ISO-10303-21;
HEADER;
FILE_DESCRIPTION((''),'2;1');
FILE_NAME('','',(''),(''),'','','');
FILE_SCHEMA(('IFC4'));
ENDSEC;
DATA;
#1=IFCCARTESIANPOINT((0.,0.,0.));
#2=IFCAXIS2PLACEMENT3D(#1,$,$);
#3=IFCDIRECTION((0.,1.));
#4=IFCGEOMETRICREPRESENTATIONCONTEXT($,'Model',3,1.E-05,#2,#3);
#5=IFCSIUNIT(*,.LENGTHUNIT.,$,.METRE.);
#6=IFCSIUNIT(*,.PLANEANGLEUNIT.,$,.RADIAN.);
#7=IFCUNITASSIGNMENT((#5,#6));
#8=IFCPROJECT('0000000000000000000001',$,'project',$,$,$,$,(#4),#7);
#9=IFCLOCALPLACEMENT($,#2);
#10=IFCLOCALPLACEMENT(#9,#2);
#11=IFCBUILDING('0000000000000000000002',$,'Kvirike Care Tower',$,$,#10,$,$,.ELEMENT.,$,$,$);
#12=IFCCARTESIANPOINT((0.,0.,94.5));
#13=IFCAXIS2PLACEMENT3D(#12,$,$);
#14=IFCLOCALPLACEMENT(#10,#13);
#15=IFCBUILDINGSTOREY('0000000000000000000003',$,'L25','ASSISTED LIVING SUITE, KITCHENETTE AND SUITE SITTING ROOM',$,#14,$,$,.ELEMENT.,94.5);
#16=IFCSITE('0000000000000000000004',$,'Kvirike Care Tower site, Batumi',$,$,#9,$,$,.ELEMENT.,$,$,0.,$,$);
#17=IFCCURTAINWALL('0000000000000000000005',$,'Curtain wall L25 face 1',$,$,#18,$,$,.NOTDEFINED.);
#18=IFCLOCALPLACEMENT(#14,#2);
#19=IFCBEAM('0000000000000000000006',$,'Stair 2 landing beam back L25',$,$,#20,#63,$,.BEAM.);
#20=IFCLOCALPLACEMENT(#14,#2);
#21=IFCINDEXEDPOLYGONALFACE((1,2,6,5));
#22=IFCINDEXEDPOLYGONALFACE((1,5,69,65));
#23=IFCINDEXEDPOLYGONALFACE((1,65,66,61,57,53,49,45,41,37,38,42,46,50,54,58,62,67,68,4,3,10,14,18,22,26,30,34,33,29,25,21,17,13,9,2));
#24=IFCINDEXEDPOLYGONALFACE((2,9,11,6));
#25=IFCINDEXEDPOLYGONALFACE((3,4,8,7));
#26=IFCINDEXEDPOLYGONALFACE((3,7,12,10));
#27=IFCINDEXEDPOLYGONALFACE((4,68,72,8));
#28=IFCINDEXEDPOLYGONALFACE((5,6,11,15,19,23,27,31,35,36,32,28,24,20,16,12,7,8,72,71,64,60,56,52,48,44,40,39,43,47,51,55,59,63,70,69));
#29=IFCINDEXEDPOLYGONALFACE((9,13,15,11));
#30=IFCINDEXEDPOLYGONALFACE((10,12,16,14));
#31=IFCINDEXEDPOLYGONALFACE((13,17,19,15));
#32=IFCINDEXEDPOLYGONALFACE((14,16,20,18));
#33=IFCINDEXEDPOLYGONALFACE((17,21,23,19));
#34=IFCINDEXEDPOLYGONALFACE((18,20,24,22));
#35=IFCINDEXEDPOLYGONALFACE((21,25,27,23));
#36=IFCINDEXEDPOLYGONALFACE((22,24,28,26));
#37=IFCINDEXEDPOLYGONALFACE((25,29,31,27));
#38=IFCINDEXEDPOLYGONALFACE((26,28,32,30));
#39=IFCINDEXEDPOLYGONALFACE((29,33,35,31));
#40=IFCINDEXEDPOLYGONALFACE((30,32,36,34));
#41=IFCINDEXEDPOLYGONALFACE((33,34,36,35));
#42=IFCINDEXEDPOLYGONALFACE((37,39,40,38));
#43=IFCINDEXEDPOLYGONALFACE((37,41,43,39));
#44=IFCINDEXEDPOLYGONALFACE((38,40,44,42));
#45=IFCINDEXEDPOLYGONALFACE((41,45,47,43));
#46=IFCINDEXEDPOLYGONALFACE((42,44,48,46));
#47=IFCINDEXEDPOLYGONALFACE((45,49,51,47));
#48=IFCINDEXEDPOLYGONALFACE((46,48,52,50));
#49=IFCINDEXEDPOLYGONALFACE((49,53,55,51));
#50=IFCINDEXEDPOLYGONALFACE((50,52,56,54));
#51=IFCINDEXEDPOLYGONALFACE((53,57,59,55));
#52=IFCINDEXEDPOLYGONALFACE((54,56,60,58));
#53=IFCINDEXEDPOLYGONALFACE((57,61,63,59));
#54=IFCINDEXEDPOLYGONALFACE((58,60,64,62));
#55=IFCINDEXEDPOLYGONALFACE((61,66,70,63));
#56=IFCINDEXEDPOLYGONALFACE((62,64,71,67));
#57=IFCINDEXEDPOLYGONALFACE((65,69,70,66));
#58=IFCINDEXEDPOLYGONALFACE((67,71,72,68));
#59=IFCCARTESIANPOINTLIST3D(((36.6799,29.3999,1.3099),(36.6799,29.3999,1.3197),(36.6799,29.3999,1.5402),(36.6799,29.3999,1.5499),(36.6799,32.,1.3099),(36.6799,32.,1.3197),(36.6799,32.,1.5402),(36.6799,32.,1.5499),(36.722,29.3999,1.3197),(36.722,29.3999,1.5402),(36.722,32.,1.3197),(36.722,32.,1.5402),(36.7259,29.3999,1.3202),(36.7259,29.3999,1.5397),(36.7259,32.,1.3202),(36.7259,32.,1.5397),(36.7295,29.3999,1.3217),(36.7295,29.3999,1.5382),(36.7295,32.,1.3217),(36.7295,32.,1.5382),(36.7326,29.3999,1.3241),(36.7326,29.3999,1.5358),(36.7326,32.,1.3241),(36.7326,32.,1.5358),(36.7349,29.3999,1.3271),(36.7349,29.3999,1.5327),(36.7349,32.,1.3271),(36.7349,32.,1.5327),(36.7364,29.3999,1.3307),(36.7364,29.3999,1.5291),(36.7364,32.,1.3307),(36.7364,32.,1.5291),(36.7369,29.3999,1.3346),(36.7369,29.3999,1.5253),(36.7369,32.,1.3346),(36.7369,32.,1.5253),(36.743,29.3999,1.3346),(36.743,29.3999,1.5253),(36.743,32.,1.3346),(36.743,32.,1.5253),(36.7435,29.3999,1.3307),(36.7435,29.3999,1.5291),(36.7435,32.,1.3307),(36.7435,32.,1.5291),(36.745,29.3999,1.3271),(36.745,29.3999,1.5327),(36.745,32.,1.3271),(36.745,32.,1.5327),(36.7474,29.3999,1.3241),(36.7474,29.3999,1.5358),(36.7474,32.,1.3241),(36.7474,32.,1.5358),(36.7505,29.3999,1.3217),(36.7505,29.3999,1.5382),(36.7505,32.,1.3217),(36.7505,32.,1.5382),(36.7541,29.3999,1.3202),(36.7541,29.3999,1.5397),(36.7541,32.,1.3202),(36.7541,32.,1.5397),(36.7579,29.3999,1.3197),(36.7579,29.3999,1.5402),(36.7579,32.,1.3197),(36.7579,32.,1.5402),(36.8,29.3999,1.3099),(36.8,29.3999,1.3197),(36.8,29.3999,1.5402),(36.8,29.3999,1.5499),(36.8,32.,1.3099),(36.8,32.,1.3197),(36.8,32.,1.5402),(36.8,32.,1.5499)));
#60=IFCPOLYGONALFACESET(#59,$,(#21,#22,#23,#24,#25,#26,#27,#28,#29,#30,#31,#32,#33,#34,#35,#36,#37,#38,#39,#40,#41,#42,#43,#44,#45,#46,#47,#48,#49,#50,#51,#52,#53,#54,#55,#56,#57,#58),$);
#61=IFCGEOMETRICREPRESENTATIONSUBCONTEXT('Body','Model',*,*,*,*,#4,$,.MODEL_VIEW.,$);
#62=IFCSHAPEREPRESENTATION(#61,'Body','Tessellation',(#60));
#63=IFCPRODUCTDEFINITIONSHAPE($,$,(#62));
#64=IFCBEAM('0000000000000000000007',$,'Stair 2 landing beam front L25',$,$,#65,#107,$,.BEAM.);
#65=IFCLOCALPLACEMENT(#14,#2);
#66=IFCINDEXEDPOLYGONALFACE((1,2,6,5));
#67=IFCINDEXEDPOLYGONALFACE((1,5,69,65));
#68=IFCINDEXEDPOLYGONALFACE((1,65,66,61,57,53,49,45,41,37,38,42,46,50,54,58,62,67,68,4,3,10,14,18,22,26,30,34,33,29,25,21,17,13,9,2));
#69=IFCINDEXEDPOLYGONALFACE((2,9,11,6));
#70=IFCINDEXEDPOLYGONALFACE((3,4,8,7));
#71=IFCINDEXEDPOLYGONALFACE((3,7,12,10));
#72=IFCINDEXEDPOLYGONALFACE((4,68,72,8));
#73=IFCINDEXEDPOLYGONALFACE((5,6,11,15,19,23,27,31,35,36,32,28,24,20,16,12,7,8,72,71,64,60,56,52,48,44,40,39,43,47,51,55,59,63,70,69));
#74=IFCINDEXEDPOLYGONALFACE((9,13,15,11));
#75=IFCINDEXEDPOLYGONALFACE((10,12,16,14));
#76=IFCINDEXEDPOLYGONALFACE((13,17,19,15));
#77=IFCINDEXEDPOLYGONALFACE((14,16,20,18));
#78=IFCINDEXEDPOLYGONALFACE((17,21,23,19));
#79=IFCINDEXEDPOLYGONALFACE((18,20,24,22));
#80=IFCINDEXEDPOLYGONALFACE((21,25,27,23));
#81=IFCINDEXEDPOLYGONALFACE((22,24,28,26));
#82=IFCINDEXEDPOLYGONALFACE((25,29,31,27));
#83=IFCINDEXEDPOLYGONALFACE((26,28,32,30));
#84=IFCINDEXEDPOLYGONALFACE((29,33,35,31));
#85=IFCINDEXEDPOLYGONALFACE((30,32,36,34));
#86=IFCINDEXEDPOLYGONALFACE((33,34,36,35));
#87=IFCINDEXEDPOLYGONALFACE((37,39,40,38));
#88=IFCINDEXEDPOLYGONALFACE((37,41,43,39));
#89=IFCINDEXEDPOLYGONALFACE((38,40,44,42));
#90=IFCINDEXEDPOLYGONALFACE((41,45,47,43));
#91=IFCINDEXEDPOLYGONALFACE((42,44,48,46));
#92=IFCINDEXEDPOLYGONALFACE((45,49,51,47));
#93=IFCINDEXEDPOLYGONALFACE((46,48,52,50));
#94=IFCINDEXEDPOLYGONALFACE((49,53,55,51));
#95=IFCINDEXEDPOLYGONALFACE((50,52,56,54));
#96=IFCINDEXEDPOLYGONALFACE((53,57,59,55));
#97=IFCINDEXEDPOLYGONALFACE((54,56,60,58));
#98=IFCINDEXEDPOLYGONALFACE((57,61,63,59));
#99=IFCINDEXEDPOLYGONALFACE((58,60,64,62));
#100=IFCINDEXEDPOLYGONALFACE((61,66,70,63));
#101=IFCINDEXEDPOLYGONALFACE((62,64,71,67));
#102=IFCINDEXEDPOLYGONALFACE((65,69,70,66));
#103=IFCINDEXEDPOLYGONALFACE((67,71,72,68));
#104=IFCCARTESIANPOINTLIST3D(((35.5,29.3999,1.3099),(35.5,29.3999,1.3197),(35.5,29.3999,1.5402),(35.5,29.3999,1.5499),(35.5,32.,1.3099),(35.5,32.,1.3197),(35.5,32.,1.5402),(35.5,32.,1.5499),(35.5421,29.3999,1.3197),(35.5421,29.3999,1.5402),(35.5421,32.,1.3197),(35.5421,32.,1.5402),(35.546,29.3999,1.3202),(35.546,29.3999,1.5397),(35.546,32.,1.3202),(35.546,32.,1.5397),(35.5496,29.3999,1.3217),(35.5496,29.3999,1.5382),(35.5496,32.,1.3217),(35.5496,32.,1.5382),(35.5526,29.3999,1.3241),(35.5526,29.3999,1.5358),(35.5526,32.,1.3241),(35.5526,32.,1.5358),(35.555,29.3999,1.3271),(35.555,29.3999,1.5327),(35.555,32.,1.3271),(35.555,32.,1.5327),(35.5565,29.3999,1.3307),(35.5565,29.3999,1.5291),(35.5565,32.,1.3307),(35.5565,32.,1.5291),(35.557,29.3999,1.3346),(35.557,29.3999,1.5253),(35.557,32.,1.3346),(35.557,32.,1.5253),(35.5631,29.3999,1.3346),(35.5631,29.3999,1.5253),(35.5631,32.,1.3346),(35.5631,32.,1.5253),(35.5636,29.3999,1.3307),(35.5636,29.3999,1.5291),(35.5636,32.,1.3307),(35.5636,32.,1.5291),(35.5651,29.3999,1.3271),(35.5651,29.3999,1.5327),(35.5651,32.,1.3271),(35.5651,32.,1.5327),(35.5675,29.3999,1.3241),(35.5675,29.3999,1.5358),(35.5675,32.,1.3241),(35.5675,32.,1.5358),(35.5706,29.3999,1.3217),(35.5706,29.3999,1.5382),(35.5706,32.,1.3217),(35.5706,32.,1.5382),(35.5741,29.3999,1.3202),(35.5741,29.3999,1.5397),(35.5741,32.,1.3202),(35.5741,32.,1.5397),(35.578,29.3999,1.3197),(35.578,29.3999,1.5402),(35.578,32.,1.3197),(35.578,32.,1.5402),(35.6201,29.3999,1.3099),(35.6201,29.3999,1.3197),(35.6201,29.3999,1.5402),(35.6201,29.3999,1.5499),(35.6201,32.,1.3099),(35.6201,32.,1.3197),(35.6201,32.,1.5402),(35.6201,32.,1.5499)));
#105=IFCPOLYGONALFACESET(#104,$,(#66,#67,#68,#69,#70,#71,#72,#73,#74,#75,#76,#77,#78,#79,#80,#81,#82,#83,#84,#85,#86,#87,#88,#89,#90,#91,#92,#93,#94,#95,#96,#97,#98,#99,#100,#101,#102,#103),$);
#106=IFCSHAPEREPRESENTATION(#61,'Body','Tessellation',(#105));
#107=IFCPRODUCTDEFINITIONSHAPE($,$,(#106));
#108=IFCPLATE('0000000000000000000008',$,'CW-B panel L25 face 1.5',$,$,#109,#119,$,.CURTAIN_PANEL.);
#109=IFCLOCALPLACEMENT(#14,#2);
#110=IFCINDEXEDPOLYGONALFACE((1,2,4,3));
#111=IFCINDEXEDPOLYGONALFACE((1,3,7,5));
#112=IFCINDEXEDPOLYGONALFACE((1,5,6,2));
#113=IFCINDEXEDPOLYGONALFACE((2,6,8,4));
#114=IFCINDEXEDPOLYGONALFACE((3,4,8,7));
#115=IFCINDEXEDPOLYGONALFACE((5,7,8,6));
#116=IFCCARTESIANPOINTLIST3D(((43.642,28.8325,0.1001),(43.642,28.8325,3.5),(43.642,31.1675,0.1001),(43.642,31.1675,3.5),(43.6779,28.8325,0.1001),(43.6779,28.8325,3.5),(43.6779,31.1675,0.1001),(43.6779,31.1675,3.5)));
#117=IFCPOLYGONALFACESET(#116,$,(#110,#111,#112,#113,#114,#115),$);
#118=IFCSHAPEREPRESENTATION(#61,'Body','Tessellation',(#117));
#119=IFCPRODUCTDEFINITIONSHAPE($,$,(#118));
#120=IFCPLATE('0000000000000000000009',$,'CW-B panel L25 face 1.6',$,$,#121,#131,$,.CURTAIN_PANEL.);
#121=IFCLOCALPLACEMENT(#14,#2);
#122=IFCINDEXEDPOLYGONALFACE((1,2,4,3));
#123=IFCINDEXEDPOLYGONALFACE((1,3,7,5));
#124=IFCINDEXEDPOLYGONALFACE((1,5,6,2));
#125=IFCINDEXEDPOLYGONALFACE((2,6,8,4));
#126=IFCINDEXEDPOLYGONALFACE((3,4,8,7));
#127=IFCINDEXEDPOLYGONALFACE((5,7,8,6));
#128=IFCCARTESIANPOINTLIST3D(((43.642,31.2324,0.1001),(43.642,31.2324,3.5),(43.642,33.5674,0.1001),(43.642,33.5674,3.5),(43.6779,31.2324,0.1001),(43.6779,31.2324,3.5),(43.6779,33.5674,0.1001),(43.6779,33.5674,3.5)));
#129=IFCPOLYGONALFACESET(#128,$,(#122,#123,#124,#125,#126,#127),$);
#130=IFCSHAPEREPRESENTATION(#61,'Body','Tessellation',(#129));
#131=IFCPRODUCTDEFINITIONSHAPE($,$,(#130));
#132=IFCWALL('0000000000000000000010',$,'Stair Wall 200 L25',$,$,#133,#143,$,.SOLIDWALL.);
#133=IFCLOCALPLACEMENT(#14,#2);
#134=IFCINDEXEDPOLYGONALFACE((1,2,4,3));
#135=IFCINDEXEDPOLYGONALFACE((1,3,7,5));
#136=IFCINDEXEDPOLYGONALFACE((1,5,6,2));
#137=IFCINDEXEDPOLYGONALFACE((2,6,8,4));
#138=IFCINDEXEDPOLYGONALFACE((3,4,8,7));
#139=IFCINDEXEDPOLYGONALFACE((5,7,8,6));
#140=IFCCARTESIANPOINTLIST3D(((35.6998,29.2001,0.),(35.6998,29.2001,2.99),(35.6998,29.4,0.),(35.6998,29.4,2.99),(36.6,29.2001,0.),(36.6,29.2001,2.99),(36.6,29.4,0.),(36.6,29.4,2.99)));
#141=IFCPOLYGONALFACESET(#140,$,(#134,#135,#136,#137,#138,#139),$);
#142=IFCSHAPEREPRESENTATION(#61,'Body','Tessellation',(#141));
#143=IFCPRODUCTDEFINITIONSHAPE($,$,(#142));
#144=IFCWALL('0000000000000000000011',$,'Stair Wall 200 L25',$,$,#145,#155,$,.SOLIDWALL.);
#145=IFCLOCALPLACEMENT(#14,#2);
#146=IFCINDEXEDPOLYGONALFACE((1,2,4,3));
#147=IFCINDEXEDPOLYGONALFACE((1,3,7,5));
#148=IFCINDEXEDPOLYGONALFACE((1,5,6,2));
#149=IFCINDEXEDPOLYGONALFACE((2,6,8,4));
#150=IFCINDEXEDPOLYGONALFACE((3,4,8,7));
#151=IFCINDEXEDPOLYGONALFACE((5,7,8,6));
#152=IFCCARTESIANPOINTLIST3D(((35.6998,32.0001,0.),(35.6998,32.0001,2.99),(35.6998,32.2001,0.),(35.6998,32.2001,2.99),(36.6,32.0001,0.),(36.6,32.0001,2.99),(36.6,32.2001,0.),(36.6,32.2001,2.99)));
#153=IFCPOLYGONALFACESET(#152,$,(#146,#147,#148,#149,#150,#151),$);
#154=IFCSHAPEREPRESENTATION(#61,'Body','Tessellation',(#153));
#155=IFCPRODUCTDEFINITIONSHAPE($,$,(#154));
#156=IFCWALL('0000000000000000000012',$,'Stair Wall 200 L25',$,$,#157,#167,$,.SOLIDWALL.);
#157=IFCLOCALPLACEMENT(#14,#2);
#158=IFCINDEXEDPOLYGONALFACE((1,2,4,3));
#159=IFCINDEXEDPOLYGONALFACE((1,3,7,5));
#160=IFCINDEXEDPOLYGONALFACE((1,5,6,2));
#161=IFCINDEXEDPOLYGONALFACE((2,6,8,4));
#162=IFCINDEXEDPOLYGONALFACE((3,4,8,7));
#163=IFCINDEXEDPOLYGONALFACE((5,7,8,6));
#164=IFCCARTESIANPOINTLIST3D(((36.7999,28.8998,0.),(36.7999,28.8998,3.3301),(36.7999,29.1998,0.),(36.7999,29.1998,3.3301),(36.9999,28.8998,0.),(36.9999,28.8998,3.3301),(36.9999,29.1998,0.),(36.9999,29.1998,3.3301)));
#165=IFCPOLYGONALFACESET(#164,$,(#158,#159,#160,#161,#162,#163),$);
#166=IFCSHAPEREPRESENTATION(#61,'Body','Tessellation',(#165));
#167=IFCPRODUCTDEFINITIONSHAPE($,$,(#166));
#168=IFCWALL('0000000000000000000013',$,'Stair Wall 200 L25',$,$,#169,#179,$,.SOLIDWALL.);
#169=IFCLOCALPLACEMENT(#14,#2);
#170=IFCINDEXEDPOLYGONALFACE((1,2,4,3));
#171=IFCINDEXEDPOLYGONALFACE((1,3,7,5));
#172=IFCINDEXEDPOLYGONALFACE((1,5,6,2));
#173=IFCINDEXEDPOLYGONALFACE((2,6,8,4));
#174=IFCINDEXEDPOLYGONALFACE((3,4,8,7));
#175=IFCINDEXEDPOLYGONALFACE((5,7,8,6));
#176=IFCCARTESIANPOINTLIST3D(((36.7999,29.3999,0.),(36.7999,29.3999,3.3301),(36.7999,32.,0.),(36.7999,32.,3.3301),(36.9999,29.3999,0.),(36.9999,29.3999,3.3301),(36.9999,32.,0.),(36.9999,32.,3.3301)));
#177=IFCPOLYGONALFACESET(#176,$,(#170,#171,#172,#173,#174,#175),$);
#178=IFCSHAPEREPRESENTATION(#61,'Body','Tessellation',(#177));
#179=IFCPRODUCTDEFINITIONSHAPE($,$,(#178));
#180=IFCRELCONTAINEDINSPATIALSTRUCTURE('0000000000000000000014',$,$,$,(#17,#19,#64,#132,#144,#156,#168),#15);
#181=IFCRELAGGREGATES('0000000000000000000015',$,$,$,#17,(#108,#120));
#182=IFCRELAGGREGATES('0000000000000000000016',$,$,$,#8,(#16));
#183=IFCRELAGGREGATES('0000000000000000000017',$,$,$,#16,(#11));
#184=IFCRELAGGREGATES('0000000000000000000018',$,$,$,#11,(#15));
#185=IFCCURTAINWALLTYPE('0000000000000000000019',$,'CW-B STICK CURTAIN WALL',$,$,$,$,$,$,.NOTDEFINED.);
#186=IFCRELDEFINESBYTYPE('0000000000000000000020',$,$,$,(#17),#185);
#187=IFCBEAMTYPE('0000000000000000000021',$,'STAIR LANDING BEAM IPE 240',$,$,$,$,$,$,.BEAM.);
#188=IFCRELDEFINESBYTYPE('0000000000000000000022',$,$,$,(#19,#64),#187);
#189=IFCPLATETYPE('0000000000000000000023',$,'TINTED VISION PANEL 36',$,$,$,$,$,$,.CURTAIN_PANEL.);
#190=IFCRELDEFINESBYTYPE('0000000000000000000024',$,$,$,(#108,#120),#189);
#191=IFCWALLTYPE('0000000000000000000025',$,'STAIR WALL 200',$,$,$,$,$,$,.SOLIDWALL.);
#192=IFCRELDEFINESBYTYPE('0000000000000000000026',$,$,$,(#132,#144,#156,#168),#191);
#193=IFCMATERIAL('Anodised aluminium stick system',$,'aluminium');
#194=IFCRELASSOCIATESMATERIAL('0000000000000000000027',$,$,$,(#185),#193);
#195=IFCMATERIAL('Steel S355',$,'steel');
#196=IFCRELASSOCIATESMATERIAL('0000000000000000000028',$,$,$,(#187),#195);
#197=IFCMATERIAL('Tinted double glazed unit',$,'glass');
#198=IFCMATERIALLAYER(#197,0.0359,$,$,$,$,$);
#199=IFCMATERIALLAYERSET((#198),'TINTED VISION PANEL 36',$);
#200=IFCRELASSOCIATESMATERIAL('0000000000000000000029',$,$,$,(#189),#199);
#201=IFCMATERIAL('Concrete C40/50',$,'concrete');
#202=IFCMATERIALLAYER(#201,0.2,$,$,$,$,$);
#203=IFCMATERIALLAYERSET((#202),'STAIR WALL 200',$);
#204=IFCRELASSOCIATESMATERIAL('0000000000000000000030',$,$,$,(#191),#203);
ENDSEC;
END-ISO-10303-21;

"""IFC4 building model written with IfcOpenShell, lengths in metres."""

from ifc_helpers import new_model, si_unit, direction, frame, frame_2d, origin, origin_2d, place, context, subcontext, project, spatial, rectangle, i_section, extrude, material, layer, layer_set, material_profile, profile_set, type_object, element, aggregate, save


model = new_model("IFC4")

# Units and contexts
model_context = context("Model", 3, precision=1e-05, world=origin(), true_north=direction((0.0, 1.0)))
body_context = subcontext(model_context, "Body", "Model", "MODEL_VIEW")
ifc_project = project(units=[si_unit("LENGTHUNIT", "METRE"), si_unit("PLANEANGLEUNIT", "RADIAN")], contexts=[model_context])

# Site, building, storey
site_placement = place(None, origin())
site = spatial("IfcSite", under=ifc_project, at=site_placement, Name="Kvirike Care Tower site, Batumi", CompositionType="ELEMENT", RefElevation=0.0)
building_placement = place(site_placement, origin())
building = spatial("IfcBuilding", under=site, at=building_placement, Name="Kvirike Care Tower", CompositionType="ELEMENT")
storey_placement = place(building_placement, frame((0.0, 0.0, 94.5)))
storey = spatial("IfcBuildingStorey", under=building, at=storey_placement, Name="L25", Description="ASSISTED LIVING SUITE, KITCHENETTE AND SUITE SITTING ROOM", CompositionType="ELEMENT", Elevation=94.5)

# Curtain wall
ifc_material_1 = material(Name="Anodised aluminium stick system", Category="aluminium")
curtain_wall_type = type_object("IfcCurtainWallType", Name="CW-B STICK CURTAIN WALL", PredefinedType="NOTDEFINED", material=ifc_material_1)
curtain_wall_placement = place(storey_placement, origin())
curtain_wall = element("IfcCurtainWall", 1, at=curtain_wall_placement, inside=storey, type_object=curtain_wall_type, Name="Curtain wall L25 face 1", PredefinedType="NOTDEFINED")

# Beams
ifc_material_2 = material(Name="Steel S355", Category="steel")
ifc_material_profile_1 = material_profile(ifc_material_2, i_section(OverallWidth=0.1201, OverallDepth=0.24, WebThickness=0.0061, FlangeThickness=0.0098, FilletRadius=0.0149, at=origin_2d()), Name="IPE 240")
ifc_profile_set_1 = profile_set([ifc_material_profile_1], Name="Steel S355")
beam_type_1 = type_object("IfcBeamType", Name="STAIR LANDING BEAM IPE 240", PredefinedType="BEAM", material=ifc_profile_set_1)
for number, where, z_axis, x_axis, name in (
    (2, (36.74, 29.3999, 1.4299), (0.0, 1.0, 0.0), (-1.0, 0.0, 0.0), "Stair 2 landing beam back L25"),
    (3, (35.5601, 29.3999, 1.4299), (0.0, 1.0, 0.0), (-1.0, 0.0, 0.0), "Stair 2 landing beam front L25"),
):
    element("IfcBeam", number, at=place(storey_placement, frame(where, z_axis=z_axis, x_axis=x_axis)), inside=storey, type_object=beam_type_1, Name=name, PredefinedType="BEAM", context=body_context, shape_type="SweptSolid", body=[
        extrude(i_section(OverallWidth=0.1201, OverallDepth=0.24, WebThickness=0.0061, FlangeThickness=0.0098, FilletRadius=0.0149, at=origin_2d()), origin(), (0.0, 0.0, 1.0), 2.6001),
    ])

# Plates
ifc_material_3 = material(Name="Tinted double glazed unit", Category="glass")
ifc_layer_1 = layer(ifc_material_3, 0.0359)
ifc_layer_set_1 = layer_set([ifc_layer_1], Name="TINTED VISION PANEL 36")
plate_type = type_object("IfcPlateType", Name="TINTED VISION PANEL 36", PredefinedType="CURTAIN_PANEL", material=ifc_layer_set_1)
plate_1_placement = place(storey_placement, frame((43.6599, 30.0, 0.1001), z_axis=(0.0, 0.0, 1.0), x_axis=(0.0, 1.0, 0.0)))
plate_1 = element("IfcPlate", 4, at=plate_1_placement, type_object=plate_type, Name="CW-B panel L25 face 1.5", PredefinedType="CURTAIN_PANEL", context=body_context, shape_type="SweptSolid", body=[
    extrude(rectangle(XDim=2.335, YDim=0.0359, at=origin_2d()), origin(), (0.0, 0.0, 1.0), 3.3999),
])
plate_2_placement = place(storey_placement, frame((43.6599, 32.3999, 0.1001), z_axis=(0.0, 0.0, 1.0), x_axis=(0.0, 1.0, 0.0)))
plate_2 = element("IfcPlate", 5, at=plate_2_placement, type_object=plate_type, Name="CW-B panel L25 face 1.6", PredefinedType="CURTAIN_PANEL", context=body_context, shape_type="SweptSolid", body=[
    extrude(rectangle(XDim=2.335, YDim=0.0359, at=origin_2d()), origin(), (0.0, 0.0, 1.0), 3.3999),
])
aggregate(curtain_wall, [plate_1, plate_2])

# Walls
ifc_material_4 = material(Name="Concrete C40/50", Category="concrete")
ifc_layer_2 = layer(ifc_material_4, 0.2)
ifc_layer_set_2 = layer_set([ifc_layer_2], Name="STAIR WALL 200")
wall_type = type_object("IfcWallType", Name="STAIR WALL 200", PredefinedType="SOLIDWALL", material=ifc_layer_set_2)
for number, where, z_axis, x_axis, name in (
    (6, (36.6001, 29.3, 0.0), (0.0, 0.0, 1.0), (-1.0, 0.0, 0.0), "Stair Wall 200 L25"),
    (7, (36.6001, 32.1001, 0.0), (0.0, 0.0, 1.0), (-1.0, 0.0, 0.0), "Stair Wall 200 L25"),
):
    element("IfcWall", number, at=place(storey_placement, frame(where, z_axis=z_axis, x_axis=x_axis)), inside=storey, type_object=wall_type, Name=name, PredefinedType="SOLIDWALL", context=body_context, shape_type="SweptSolid", body=[
        extrude(rectangle(XDim=0.9001, YDim=0.2, at=frame_2d((0.4502, 0.0))), origin(), (0.0, 0.0, 1.0), 2.99),
    ])
wall_1_placement = place(storey_placement, frame((36.8999, 28.8999, 0.0), z_axis=(0.0, 0.0, 1.0), x_axis=(0.0, 1.0, 0.0)))
element("IfcWall", 8, at=wall_1_placement, inside=storey, type_object=wall_type, Name="Stair Wall 200 L25", PredefinedType="SOLIDWALL", context=body_context, shape_type="SweptSolid", body=[
    extrude(rectangle(XDim=0.3, YDim=0.2, at=frame_2d((0.1499, 0.0))), origin(), (0.0, 0.0, 1.0), 3.3301),
])
wall_2_placement = place(storey_placement, frame((36.8999, 29.3999, 0.0), z_axis=(0.0, 0.0, 1.0), x_axis=(0.0, 1.0, 0.0)))
element("IfcWall", 9, at=wall_2_placement, inside=storey, type_object=wall_type, Name="Stair Wall 200 L25", PredefinedType="SOLIDWALL", context=body_context, shape_type="SweptSolid", body=[
    extrude(rectangle(XDim=2.6001, YDim=0.2, at=frame_2d((1.3, 0.0))), origin(), (0.0, 0.0, 1.0), 3.3301),
])

save(model, "model.ifc")
